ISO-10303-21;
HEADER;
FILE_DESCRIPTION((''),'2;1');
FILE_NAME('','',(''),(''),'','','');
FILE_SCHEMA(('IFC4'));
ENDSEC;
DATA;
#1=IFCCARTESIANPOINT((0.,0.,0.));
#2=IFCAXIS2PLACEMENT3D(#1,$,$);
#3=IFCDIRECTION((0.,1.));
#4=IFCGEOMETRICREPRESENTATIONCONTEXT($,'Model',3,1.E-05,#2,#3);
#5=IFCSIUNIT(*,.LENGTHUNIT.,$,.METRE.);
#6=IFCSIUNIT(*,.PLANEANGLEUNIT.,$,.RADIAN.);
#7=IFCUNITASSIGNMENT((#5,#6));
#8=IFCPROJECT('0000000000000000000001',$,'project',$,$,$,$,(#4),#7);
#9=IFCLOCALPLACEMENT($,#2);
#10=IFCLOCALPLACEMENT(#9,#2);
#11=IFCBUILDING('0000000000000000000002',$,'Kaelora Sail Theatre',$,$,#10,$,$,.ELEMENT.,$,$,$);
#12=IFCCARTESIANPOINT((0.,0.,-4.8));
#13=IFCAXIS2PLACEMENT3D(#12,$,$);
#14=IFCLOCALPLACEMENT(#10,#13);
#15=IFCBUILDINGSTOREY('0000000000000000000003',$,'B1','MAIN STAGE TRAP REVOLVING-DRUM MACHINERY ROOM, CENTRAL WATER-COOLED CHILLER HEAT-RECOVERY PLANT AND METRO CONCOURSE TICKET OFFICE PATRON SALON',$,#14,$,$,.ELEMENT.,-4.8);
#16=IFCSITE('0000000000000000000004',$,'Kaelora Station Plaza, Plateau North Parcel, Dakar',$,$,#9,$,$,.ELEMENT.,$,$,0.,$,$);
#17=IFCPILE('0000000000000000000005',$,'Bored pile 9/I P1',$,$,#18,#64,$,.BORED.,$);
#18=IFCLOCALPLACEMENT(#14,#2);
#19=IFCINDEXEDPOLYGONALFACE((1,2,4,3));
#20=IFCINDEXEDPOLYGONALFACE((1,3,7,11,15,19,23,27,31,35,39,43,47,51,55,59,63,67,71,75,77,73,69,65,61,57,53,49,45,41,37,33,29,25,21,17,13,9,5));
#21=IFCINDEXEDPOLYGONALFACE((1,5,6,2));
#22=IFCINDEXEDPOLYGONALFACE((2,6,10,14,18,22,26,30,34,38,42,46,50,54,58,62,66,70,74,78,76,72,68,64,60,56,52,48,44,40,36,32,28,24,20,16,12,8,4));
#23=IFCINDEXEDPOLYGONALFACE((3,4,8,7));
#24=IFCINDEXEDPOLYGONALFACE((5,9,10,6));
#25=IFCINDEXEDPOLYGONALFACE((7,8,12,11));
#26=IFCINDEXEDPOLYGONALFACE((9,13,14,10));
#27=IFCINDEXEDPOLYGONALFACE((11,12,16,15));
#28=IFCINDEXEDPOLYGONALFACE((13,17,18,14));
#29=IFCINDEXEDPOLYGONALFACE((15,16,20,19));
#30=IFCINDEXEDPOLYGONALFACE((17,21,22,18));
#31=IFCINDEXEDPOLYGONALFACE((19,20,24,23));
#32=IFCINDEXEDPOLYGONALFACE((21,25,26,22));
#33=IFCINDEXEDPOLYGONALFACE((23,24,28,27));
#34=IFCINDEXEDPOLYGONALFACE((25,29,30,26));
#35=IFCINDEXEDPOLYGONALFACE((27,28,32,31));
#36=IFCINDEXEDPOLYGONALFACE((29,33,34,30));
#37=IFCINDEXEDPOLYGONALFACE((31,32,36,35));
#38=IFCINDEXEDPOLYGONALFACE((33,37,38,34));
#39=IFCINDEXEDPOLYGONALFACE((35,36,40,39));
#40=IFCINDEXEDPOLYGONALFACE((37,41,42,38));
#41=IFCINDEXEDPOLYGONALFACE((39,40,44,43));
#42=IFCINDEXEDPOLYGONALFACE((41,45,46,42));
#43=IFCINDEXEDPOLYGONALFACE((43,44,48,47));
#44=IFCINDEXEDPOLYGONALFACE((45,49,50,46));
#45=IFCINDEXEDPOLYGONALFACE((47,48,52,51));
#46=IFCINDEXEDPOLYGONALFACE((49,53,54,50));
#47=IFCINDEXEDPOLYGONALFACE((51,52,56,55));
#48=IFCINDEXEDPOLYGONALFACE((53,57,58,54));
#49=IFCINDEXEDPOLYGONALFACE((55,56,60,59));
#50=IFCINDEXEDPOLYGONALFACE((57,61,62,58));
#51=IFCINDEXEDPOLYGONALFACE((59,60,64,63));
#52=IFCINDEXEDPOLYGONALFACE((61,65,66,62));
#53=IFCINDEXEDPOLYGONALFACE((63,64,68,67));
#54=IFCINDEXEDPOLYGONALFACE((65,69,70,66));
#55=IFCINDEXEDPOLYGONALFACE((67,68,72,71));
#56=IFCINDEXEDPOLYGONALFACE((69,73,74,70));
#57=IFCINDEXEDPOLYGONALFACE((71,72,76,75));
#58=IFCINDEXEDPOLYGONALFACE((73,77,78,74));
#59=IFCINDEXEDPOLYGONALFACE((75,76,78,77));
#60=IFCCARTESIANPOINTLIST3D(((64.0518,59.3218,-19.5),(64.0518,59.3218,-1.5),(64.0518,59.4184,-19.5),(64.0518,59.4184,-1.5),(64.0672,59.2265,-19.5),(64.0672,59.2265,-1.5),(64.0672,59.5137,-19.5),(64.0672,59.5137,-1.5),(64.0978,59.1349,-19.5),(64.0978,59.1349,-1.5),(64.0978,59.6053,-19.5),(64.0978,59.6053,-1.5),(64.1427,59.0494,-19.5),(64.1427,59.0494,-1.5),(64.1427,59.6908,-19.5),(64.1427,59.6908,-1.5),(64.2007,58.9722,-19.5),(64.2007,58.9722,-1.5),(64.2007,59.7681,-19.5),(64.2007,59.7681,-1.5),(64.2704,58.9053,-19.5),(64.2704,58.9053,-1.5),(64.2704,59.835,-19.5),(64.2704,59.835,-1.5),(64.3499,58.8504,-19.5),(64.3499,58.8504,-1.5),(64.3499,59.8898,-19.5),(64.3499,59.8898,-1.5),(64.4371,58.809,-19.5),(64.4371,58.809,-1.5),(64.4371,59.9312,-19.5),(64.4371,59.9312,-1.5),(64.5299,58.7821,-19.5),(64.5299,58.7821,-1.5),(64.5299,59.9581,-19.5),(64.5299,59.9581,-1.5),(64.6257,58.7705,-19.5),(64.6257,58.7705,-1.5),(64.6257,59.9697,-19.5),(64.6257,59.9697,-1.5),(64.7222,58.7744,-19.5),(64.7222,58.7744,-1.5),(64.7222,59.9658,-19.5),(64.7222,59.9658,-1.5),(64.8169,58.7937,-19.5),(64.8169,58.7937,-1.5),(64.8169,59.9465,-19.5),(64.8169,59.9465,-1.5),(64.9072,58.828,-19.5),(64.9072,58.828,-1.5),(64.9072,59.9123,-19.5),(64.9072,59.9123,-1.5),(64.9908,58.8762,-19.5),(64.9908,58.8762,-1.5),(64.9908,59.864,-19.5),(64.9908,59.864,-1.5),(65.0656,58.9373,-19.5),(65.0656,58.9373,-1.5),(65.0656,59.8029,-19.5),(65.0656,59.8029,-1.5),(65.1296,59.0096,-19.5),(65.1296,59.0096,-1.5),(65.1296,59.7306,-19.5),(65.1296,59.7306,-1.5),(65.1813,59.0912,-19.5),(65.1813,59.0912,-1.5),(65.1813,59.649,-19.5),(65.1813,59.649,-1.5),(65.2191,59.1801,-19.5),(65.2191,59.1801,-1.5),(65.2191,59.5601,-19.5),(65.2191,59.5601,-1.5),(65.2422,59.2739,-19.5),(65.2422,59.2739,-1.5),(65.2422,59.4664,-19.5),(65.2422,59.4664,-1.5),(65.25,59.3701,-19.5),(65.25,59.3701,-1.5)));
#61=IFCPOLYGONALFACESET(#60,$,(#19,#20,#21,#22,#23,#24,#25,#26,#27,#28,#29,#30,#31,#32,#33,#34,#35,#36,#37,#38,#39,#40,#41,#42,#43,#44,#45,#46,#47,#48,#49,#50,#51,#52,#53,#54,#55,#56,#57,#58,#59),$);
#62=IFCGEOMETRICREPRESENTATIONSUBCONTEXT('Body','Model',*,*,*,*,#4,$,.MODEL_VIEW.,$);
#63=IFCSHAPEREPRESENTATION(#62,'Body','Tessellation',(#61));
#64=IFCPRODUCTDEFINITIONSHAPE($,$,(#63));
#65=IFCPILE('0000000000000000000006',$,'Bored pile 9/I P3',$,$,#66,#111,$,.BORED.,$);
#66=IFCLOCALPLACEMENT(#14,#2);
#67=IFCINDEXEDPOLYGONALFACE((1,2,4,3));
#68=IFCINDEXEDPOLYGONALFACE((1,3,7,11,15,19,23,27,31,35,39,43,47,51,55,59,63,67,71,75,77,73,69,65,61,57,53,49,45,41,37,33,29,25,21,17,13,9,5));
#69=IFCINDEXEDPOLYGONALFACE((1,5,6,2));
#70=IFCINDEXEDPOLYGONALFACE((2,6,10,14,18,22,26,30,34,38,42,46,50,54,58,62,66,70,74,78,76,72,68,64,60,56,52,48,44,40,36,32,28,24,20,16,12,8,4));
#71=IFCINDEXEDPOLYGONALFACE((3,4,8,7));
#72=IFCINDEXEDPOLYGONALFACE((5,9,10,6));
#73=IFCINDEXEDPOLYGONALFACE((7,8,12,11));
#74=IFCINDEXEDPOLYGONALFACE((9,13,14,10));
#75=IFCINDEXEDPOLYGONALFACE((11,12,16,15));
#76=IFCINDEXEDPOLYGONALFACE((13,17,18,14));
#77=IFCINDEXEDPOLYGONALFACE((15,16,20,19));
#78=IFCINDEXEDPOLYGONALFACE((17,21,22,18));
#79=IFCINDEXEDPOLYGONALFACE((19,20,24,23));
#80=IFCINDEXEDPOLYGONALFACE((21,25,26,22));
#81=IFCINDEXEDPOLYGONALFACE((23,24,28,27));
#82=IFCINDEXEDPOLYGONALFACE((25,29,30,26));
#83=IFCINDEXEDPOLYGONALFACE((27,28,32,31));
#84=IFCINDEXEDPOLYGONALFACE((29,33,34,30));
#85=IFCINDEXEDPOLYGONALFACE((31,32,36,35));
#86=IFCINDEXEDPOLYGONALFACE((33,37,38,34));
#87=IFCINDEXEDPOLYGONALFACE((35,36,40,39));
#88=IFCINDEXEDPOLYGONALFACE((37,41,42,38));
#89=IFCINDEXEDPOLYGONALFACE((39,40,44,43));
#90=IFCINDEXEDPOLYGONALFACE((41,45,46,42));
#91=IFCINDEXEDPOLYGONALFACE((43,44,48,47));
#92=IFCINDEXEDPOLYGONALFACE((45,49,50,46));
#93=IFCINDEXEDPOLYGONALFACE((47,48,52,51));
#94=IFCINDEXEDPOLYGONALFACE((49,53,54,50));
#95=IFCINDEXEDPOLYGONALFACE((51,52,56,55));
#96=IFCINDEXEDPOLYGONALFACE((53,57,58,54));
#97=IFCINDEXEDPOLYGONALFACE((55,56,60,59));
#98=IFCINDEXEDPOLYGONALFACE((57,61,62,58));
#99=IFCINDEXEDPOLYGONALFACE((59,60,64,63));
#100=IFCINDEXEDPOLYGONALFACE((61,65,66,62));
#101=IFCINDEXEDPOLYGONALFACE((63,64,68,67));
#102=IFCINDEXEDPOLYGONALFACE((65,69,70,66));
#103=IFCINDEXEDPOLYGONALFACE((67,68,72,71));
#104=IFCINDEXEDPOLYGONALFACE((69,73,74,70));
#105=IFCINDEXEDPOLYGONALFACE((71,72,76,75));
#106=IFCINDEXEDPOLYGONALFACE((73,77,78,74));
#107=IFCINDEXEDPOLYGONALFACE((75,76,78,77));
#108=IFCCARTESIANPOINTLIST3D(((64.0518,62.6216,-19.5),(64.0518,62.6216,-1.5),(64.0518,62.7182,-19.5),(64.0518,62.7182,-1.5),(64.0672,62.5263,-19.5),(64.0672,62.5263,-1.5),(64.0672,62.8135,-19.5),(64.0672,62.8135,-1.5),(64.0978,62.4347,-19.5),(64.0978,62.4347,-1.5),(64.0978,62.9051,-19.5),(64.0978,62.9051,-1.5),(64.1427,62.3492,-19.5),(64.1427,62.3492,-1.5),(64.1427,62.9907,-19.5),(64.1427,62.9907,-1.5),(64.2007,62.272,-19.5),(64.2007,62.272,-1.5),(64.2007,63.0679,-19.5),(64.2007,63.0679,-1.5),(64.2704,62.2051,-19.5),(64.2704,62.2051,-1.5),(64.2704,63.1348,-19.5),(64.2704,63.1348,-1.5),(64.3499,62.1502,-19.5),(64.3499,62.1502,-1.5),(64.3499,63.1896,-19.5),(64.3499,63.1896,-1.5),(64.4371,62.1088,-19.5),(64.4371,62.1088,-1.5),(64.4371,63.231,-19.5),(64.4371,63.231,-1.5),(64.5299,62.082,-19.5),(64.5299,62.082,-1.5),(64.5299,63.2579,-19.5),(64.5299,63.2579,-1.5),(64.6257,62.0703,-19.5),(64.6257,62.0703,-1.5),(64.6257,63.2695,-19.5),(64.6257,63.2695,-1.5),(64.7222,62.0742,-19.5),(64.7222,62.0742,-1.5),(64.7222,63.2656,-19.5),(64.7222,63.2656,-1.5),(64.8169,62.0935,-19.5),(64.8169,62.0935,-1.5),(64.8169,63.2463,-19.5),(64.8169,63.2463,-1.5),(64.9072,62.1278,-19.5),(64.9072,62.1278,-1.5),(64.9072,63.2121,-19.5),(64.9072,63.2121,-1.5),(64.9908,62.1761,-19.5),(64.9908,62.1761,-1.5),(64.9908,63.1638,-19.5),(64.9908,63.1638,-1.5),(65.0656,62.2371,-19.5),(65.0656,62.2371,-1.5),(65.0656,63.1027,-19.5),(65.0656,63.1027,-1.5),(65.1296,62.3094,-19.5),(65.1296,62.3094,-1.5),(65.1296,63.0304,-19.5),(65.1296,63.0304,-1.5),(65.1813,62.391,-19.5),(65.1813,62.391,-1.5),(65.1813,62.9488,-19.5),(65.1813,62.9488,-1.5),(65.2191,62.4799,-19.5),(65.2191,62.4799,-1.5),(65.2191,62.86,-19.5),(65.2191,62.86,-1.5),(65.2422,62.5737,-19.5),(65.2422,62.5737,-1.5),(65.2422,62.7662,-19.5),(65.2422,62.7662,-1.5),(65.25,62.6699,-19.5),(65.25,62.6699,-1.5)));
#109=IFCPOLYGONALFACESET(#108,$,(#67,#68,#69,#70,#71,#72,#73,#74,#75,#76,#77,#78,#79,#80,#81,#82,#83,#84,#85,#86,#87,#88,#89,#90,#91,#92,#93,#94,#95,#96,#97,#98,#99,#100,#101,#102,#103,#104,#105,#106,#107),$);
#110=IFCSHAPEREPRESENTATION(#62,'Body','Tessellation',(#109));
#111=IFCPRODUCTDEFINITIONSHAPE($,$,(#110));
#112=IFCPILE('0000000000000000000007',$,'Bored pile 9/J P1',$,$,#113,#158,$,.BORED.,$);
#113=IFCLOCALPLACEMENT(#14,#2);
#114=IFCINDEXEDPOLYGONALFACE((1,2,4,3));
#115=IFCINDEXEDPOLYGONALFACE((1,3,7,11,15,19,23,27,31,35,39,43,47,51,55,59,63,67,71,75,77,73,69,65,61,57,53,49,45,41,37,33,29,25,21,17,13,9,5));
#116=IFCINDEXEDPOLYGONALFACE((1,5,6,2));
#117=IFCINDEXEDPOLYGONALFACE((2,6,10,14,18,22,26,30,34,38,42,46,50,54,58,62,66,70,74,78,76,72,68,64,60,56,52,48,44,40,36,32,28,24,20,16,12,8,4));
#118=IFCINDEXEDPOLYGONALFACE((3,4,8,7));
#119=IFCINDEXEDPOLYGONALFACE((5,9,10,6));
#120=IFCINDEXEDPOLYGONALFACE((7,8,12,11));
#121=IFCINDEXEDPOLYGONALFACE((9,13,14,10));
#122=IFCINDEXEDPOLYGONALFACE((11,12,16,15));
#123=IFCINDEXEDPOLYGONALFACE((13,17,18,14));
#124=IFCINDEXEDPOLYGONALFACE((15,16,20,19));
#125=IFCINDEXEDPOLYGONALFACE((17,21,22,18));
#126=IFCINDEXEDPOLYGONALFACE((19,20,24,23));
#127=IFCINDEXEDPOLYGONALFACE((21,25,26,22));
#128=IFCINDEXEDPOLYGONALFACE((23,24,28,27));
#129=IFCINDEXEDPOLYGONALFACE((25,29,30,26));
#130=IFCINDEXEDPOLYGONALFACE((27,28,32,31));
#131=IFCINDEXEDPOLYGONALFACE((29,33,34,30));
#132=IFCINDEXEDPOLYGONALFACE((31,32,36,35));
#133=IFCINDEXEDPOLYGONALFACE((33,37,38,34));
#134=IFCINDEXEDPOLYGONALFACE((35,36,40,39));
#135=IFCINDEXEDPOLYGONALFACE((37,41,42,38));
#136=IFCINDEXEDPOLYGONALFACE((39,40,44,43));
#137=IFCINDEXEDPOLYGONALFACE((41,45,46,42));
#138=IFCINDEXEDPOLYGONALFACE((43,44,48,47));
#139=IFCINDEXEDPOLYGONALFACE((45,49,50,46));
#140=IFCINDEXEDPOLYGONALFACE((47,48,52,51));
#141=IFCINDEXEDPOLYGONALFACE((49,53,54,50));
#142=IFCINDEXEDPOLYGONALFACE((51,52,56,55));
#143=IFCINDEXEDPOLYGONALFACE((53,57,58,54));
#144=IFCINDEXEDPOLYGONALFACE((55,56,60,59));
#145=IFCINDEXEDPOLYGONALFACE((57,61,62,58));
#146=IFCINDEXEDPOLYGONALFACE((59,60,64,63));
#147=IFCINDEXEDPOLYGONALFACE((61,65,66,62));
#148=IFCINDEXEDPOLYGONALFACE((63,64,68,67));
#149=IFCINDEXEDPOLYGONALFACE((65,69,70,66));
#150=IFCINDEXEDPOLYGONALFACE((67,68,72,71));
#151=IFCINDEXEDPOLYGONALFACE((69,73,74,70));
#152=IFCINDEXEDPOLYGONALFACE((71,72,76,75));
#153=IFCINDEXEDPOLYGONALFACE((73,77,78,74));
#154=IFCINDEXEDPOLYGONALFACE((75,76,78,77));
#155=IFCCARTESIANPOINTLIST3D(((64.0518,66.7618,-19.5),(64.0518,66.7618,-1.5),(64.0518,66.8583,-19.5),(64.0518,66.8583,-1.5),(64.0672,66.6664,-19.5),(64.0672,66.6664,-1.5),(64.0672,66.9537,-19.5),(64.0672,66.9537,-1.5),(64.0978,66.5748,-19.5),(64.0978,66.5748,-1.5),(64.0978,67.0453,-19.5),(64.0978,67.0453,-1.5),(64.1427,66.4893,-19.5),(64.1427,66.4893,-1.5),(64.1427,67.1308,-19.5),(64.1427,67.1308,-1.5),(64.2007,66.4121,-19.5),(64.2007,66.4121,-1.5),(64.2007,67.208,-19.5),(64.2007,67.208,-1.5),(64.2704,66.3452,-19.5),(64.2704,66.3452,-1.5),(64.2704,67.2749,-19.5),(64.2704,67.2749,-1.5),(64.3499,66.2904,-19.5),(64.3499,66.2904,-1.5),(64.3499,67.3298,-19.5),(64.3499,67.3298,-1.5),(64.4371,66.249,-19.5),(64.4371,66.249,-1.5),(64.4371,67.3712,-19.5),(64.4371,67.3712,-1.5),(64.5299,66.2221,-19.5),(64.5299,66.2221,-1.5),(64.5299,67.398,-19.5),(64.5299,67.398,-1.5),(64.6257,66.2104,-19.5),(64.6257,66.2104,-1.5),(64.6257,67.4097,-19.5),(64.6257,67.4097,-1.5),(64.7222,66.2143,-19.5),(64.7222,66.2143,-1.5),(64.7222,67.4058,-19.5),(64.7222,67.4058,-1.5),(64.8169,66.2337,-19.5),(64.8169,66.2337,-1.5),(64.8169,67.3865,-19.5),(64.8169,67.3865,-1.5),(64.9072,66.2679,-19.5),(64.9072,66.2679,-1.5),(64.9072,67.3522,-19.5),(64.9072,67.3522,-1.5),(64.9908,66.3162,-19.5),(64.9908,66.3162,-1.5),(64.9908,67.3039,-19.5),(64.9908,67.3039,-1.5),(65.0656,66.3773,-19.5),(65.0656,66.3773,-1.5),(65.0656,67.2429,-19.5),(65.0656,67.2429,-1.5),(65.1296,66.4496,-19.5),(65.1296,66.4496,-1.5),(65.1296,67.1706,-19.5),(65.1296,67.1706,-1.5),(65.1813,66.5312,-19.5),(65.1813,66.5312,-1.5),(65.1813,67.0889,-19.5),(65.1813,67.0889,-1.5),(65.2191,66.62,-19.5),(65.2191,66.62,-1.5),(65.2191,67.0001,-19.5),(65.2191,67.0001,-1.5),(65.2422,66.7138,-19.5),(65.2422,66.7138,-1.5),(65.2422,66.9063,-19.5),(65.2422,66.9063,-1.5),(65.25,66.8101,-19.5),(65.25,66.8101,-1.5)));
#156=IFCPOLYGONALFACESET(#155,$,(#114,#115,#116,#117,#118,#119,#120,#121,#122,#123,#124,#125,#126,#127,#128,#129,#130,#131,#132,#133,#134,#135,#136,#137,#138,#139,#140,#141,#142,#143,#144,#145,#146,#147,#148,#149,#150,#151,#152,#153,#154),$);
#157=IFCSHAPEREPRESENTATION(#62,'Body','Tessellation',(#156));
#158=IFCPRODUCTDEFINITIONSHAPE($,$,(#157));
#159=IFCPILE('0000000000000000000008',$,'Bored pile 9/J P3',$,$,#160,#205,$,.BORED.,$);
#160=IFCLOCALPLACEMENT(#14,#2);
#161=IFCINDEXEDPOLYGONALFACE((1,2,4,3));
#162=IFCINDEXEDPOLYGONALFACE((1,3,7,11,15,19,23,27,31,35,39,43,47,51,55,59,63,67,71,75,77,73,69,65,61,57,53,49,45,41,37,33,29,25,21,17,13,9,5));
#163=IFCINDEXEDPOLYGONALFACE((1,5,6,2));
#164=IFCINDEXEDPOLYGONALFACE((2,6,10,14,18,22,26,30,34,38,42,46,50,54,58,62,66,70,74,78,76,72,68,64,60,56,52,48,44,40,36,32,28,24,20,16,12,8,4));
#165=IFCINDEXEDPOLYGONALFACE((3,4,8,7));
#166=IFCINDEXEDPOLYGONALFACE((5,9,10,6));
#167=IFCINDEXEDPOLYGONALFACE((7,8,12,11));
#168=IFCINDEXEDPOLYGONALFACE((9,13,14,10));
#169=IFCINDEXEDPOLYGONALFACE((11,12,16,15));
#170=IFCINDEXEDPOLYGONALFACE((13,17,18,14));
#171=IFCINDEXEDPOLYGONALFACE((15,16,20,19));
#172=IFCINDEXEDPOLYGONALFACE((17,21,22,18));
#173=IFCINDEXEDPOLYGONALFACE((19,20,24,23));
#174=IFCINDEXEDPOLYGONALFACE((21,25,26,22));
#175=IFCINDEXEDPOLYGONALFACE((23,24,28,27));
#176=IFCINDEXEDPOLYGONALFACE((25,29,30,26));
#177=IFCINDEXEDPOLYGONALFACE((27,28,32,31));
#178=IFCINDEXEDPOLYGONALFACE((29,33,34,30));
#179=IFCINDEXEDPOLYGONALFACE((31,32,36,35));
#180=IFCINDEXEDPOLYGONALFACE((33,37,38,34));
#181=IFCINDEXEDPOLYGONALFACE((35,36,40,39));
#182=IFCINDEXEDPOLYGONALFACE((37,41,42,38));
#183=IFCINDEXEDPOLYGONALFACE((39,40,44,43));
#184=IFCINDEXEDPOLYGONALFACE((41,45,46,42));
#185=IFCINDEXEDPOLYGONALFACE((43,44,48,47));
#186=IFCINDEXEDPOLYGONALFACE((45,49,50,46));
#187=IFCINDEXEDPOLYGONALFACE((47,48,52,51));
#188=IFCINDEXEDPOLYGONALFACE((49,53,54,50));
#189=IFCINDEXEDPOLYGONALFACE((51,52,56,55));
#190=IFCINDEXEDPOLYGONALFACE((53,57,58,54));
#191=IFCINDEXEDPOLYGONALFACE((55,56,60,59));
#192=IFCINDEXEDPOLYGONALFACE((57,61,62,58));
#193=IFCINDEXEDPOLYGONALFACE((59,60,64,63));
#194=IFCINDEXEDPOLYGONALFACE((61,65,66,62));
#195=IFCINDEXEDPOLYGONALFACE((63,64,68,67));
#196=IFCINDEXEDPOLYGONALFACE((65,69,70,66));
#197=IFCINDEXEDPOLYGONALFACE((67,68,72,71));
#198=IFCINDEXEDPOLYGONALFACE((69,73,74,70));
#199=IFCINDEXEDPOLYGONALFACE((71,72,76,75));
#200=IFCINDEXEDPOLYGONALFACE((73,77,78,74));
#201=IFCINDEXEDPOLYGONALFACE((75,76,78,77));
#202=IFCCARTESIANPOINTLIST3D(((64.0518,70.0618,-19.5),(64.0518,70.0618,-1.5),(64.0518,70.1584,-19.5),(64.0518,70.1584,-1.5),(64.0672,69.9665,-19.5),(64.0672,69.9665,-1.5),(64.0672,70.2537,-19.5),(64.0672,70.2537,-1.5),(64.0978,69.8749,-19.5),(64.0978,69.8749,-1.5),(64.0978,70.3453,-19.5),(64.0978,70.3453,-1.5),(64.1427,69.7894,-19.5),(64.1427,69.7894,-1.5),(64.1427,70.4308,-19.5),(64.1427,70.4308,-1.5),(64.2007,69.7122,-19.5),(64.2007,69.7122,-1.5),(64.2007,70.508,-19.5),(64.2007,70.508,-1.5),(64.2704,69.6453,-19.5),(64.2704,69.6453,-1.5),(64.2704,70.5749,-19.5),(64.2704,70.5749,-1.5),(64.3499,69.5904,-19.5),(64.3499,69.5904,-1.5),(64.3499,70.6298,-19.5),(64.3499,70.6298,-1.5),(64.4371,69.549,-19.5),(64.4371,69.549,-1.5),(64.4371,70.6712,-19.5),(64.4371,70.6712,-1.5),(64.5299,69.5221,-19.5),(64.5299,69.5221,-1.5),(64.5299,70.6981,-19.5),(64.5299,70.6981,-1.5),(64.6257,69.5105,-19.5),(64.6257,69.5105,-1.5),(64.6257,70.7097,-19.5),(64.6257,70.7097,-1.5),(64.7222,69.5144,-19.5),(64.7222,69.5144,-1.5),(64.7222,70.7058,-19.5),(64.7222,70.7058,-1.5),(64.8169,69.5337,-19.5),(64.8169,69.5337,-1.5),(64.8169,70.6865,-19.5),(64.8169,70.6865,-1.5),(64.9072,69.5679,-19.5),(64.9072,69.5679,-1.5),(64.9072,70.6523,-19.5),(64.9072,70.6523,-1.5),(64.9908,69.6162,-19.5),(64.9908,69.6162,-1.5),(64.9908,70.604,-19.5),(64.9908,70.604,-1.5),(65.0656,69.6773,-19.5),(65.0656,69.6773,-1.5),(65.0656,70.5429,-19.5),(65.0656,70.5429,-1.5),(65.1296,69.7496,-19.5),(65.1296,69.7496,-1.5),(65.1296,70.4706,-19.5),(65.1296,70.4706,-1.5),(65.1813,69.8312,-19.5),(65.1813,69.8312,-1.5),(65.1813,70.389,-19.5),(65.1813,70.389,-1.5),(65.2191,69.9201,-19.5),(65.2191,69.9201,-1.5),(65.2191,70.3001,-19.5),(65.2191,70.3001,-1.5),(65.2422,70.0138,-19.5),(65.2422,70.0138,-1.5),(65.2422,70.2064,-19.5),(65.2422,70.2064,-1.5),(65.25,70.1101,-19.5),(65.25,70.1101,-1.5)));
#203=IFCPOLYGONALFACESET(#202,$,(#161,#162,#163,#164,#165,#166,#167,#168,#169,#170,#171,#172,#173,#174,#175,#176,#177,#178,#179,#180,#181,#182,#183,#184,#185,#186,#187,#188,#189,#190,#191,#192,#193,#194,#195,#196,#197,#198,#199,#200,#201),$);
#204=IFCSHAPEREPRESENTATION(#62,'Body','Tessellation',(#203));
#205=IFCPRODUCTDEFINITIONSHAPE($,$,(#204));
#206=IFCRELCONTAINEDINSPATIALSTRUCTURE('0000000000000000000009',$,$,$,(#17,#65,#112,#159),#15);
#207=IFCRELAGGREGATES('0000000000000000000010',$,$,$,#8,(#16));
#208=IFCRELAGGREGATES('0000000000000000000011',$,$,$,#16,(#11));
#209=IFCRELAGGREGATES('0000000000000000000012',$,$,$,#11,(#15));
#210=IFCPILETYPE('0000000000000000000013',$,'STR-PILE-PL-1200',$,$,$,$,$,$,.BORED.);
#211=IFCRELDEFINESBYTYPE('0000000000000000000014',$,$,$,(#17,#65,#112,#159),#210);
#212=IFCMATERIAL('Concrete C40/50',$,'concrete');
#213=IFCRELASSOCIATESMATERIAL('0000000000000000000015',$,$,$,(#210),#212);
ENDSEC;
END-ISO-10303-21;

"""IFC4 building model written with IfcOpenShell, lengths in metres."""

from ifc_helpers import new_model, si_unit, direction, frame, origin, origin_2d, place, context, subcontext, project, spatial, circle, extrude, material, material_profile, profile_set, type_object, element, save


model = new_model("IFC4")

# Units and contexts
model_context = context("Model", 3, precision=1e-05, world=origin(), true_north=direction((0.0, 1.0)))
body_context = subcontext(model_context, "Body", "Model", "MODEL_VIEW")
ifc_project = project(units=[si_unit("LENGTHUNIT", "METRE"), si_unit("PLANEANGLEUNIT", "RADIAN")], contexts=[model_context])

# Site, building, storey
site_placement = place(None, origin())
site = spatial("IfcSite", under=ifc_project, at=site_placement, Name="Kaelora Station Plaza, Plateau North Parcel, Dakar", CompositionType="ELEMENT", RefElevation=0.0)
building_placement = place(site_placement, origin())
building = spatial("IfcBuilding", under=site, at=building_placement, Name="Kaelora Sail Theatre", CompositionType="ELEMENT")
storey_placement = place(building_placement, frame((0.0, 0.0, -4.8)))
storey = spatial("IfcBuildingStorey", under=building, at=storey_placement, Name="B1", Description="MAIN STAGE TRAP REVOLVING-DRUM MACHINERY ROOM, CENTRAL WATER-COOLED CHILLER HEAT-RECOVERY PLANT AND METRO CONCOURSE TICKET OFFICE PATRON SALON", CompositionType="ELEMENT", Elevation=-4.8)

# Piles
ifc_material_1 = material(Name="Concrete C40/50", Category="concrete")
ifc_material_profile_1 = material_profile(ifc_material_1, circle(Radius=0.6001, at=origin_2d()), Name="PILE D1200")
ifc_profile_set_1 = profile_set([ifc_material_profile_1], Name="Concrete C40/50")
pile_type_1 = type_object("IfcPileType", Name="STR-PILE-PL-1200", PredefinedType="BORED", material=ifc_profile_set_1)
for number, where, z_axis, x_axis, name in (
    (1, (64.6499, 59.3701, -1.5), (0.0, 0.0, -1.0), (1.0, 0.0, 0.0), "Bored pile 9/I P1"),
    (2, (64.6499, 62.6699, -1.5), (0.0, 0.0, -1.0), (1.0, 0.0, 0.0), "Bored pile 9/I P3"),
    (3, (64.6499, 66.8101, -1.5), (0.0, 0.0, -1.0), (1.0, 0.0, 0.0), "Bored pile 9/J P1"),
    (4, (64.6499, 70.1101, -1.5), (0.0, 0.0, -1.0), (1.0, 0.0, 0.0), "Bored pile 9/J P3"),
):
    element("IfcPile", number, at=place(storey_placement, frame(where, z_axis=z_axis, x_axis=x_axis)), inside=storey, type_object=pile_type_1, Name=name, PredefinedType="BORED", context=body_context, shape_type="SweptSolid", body=[
        extrude(circle(Radius=0.6001, at=origin_2d()), origin(), (0.0, 0.0, 1.0), 18.0),
    ])

save(model, "model.ifc")
